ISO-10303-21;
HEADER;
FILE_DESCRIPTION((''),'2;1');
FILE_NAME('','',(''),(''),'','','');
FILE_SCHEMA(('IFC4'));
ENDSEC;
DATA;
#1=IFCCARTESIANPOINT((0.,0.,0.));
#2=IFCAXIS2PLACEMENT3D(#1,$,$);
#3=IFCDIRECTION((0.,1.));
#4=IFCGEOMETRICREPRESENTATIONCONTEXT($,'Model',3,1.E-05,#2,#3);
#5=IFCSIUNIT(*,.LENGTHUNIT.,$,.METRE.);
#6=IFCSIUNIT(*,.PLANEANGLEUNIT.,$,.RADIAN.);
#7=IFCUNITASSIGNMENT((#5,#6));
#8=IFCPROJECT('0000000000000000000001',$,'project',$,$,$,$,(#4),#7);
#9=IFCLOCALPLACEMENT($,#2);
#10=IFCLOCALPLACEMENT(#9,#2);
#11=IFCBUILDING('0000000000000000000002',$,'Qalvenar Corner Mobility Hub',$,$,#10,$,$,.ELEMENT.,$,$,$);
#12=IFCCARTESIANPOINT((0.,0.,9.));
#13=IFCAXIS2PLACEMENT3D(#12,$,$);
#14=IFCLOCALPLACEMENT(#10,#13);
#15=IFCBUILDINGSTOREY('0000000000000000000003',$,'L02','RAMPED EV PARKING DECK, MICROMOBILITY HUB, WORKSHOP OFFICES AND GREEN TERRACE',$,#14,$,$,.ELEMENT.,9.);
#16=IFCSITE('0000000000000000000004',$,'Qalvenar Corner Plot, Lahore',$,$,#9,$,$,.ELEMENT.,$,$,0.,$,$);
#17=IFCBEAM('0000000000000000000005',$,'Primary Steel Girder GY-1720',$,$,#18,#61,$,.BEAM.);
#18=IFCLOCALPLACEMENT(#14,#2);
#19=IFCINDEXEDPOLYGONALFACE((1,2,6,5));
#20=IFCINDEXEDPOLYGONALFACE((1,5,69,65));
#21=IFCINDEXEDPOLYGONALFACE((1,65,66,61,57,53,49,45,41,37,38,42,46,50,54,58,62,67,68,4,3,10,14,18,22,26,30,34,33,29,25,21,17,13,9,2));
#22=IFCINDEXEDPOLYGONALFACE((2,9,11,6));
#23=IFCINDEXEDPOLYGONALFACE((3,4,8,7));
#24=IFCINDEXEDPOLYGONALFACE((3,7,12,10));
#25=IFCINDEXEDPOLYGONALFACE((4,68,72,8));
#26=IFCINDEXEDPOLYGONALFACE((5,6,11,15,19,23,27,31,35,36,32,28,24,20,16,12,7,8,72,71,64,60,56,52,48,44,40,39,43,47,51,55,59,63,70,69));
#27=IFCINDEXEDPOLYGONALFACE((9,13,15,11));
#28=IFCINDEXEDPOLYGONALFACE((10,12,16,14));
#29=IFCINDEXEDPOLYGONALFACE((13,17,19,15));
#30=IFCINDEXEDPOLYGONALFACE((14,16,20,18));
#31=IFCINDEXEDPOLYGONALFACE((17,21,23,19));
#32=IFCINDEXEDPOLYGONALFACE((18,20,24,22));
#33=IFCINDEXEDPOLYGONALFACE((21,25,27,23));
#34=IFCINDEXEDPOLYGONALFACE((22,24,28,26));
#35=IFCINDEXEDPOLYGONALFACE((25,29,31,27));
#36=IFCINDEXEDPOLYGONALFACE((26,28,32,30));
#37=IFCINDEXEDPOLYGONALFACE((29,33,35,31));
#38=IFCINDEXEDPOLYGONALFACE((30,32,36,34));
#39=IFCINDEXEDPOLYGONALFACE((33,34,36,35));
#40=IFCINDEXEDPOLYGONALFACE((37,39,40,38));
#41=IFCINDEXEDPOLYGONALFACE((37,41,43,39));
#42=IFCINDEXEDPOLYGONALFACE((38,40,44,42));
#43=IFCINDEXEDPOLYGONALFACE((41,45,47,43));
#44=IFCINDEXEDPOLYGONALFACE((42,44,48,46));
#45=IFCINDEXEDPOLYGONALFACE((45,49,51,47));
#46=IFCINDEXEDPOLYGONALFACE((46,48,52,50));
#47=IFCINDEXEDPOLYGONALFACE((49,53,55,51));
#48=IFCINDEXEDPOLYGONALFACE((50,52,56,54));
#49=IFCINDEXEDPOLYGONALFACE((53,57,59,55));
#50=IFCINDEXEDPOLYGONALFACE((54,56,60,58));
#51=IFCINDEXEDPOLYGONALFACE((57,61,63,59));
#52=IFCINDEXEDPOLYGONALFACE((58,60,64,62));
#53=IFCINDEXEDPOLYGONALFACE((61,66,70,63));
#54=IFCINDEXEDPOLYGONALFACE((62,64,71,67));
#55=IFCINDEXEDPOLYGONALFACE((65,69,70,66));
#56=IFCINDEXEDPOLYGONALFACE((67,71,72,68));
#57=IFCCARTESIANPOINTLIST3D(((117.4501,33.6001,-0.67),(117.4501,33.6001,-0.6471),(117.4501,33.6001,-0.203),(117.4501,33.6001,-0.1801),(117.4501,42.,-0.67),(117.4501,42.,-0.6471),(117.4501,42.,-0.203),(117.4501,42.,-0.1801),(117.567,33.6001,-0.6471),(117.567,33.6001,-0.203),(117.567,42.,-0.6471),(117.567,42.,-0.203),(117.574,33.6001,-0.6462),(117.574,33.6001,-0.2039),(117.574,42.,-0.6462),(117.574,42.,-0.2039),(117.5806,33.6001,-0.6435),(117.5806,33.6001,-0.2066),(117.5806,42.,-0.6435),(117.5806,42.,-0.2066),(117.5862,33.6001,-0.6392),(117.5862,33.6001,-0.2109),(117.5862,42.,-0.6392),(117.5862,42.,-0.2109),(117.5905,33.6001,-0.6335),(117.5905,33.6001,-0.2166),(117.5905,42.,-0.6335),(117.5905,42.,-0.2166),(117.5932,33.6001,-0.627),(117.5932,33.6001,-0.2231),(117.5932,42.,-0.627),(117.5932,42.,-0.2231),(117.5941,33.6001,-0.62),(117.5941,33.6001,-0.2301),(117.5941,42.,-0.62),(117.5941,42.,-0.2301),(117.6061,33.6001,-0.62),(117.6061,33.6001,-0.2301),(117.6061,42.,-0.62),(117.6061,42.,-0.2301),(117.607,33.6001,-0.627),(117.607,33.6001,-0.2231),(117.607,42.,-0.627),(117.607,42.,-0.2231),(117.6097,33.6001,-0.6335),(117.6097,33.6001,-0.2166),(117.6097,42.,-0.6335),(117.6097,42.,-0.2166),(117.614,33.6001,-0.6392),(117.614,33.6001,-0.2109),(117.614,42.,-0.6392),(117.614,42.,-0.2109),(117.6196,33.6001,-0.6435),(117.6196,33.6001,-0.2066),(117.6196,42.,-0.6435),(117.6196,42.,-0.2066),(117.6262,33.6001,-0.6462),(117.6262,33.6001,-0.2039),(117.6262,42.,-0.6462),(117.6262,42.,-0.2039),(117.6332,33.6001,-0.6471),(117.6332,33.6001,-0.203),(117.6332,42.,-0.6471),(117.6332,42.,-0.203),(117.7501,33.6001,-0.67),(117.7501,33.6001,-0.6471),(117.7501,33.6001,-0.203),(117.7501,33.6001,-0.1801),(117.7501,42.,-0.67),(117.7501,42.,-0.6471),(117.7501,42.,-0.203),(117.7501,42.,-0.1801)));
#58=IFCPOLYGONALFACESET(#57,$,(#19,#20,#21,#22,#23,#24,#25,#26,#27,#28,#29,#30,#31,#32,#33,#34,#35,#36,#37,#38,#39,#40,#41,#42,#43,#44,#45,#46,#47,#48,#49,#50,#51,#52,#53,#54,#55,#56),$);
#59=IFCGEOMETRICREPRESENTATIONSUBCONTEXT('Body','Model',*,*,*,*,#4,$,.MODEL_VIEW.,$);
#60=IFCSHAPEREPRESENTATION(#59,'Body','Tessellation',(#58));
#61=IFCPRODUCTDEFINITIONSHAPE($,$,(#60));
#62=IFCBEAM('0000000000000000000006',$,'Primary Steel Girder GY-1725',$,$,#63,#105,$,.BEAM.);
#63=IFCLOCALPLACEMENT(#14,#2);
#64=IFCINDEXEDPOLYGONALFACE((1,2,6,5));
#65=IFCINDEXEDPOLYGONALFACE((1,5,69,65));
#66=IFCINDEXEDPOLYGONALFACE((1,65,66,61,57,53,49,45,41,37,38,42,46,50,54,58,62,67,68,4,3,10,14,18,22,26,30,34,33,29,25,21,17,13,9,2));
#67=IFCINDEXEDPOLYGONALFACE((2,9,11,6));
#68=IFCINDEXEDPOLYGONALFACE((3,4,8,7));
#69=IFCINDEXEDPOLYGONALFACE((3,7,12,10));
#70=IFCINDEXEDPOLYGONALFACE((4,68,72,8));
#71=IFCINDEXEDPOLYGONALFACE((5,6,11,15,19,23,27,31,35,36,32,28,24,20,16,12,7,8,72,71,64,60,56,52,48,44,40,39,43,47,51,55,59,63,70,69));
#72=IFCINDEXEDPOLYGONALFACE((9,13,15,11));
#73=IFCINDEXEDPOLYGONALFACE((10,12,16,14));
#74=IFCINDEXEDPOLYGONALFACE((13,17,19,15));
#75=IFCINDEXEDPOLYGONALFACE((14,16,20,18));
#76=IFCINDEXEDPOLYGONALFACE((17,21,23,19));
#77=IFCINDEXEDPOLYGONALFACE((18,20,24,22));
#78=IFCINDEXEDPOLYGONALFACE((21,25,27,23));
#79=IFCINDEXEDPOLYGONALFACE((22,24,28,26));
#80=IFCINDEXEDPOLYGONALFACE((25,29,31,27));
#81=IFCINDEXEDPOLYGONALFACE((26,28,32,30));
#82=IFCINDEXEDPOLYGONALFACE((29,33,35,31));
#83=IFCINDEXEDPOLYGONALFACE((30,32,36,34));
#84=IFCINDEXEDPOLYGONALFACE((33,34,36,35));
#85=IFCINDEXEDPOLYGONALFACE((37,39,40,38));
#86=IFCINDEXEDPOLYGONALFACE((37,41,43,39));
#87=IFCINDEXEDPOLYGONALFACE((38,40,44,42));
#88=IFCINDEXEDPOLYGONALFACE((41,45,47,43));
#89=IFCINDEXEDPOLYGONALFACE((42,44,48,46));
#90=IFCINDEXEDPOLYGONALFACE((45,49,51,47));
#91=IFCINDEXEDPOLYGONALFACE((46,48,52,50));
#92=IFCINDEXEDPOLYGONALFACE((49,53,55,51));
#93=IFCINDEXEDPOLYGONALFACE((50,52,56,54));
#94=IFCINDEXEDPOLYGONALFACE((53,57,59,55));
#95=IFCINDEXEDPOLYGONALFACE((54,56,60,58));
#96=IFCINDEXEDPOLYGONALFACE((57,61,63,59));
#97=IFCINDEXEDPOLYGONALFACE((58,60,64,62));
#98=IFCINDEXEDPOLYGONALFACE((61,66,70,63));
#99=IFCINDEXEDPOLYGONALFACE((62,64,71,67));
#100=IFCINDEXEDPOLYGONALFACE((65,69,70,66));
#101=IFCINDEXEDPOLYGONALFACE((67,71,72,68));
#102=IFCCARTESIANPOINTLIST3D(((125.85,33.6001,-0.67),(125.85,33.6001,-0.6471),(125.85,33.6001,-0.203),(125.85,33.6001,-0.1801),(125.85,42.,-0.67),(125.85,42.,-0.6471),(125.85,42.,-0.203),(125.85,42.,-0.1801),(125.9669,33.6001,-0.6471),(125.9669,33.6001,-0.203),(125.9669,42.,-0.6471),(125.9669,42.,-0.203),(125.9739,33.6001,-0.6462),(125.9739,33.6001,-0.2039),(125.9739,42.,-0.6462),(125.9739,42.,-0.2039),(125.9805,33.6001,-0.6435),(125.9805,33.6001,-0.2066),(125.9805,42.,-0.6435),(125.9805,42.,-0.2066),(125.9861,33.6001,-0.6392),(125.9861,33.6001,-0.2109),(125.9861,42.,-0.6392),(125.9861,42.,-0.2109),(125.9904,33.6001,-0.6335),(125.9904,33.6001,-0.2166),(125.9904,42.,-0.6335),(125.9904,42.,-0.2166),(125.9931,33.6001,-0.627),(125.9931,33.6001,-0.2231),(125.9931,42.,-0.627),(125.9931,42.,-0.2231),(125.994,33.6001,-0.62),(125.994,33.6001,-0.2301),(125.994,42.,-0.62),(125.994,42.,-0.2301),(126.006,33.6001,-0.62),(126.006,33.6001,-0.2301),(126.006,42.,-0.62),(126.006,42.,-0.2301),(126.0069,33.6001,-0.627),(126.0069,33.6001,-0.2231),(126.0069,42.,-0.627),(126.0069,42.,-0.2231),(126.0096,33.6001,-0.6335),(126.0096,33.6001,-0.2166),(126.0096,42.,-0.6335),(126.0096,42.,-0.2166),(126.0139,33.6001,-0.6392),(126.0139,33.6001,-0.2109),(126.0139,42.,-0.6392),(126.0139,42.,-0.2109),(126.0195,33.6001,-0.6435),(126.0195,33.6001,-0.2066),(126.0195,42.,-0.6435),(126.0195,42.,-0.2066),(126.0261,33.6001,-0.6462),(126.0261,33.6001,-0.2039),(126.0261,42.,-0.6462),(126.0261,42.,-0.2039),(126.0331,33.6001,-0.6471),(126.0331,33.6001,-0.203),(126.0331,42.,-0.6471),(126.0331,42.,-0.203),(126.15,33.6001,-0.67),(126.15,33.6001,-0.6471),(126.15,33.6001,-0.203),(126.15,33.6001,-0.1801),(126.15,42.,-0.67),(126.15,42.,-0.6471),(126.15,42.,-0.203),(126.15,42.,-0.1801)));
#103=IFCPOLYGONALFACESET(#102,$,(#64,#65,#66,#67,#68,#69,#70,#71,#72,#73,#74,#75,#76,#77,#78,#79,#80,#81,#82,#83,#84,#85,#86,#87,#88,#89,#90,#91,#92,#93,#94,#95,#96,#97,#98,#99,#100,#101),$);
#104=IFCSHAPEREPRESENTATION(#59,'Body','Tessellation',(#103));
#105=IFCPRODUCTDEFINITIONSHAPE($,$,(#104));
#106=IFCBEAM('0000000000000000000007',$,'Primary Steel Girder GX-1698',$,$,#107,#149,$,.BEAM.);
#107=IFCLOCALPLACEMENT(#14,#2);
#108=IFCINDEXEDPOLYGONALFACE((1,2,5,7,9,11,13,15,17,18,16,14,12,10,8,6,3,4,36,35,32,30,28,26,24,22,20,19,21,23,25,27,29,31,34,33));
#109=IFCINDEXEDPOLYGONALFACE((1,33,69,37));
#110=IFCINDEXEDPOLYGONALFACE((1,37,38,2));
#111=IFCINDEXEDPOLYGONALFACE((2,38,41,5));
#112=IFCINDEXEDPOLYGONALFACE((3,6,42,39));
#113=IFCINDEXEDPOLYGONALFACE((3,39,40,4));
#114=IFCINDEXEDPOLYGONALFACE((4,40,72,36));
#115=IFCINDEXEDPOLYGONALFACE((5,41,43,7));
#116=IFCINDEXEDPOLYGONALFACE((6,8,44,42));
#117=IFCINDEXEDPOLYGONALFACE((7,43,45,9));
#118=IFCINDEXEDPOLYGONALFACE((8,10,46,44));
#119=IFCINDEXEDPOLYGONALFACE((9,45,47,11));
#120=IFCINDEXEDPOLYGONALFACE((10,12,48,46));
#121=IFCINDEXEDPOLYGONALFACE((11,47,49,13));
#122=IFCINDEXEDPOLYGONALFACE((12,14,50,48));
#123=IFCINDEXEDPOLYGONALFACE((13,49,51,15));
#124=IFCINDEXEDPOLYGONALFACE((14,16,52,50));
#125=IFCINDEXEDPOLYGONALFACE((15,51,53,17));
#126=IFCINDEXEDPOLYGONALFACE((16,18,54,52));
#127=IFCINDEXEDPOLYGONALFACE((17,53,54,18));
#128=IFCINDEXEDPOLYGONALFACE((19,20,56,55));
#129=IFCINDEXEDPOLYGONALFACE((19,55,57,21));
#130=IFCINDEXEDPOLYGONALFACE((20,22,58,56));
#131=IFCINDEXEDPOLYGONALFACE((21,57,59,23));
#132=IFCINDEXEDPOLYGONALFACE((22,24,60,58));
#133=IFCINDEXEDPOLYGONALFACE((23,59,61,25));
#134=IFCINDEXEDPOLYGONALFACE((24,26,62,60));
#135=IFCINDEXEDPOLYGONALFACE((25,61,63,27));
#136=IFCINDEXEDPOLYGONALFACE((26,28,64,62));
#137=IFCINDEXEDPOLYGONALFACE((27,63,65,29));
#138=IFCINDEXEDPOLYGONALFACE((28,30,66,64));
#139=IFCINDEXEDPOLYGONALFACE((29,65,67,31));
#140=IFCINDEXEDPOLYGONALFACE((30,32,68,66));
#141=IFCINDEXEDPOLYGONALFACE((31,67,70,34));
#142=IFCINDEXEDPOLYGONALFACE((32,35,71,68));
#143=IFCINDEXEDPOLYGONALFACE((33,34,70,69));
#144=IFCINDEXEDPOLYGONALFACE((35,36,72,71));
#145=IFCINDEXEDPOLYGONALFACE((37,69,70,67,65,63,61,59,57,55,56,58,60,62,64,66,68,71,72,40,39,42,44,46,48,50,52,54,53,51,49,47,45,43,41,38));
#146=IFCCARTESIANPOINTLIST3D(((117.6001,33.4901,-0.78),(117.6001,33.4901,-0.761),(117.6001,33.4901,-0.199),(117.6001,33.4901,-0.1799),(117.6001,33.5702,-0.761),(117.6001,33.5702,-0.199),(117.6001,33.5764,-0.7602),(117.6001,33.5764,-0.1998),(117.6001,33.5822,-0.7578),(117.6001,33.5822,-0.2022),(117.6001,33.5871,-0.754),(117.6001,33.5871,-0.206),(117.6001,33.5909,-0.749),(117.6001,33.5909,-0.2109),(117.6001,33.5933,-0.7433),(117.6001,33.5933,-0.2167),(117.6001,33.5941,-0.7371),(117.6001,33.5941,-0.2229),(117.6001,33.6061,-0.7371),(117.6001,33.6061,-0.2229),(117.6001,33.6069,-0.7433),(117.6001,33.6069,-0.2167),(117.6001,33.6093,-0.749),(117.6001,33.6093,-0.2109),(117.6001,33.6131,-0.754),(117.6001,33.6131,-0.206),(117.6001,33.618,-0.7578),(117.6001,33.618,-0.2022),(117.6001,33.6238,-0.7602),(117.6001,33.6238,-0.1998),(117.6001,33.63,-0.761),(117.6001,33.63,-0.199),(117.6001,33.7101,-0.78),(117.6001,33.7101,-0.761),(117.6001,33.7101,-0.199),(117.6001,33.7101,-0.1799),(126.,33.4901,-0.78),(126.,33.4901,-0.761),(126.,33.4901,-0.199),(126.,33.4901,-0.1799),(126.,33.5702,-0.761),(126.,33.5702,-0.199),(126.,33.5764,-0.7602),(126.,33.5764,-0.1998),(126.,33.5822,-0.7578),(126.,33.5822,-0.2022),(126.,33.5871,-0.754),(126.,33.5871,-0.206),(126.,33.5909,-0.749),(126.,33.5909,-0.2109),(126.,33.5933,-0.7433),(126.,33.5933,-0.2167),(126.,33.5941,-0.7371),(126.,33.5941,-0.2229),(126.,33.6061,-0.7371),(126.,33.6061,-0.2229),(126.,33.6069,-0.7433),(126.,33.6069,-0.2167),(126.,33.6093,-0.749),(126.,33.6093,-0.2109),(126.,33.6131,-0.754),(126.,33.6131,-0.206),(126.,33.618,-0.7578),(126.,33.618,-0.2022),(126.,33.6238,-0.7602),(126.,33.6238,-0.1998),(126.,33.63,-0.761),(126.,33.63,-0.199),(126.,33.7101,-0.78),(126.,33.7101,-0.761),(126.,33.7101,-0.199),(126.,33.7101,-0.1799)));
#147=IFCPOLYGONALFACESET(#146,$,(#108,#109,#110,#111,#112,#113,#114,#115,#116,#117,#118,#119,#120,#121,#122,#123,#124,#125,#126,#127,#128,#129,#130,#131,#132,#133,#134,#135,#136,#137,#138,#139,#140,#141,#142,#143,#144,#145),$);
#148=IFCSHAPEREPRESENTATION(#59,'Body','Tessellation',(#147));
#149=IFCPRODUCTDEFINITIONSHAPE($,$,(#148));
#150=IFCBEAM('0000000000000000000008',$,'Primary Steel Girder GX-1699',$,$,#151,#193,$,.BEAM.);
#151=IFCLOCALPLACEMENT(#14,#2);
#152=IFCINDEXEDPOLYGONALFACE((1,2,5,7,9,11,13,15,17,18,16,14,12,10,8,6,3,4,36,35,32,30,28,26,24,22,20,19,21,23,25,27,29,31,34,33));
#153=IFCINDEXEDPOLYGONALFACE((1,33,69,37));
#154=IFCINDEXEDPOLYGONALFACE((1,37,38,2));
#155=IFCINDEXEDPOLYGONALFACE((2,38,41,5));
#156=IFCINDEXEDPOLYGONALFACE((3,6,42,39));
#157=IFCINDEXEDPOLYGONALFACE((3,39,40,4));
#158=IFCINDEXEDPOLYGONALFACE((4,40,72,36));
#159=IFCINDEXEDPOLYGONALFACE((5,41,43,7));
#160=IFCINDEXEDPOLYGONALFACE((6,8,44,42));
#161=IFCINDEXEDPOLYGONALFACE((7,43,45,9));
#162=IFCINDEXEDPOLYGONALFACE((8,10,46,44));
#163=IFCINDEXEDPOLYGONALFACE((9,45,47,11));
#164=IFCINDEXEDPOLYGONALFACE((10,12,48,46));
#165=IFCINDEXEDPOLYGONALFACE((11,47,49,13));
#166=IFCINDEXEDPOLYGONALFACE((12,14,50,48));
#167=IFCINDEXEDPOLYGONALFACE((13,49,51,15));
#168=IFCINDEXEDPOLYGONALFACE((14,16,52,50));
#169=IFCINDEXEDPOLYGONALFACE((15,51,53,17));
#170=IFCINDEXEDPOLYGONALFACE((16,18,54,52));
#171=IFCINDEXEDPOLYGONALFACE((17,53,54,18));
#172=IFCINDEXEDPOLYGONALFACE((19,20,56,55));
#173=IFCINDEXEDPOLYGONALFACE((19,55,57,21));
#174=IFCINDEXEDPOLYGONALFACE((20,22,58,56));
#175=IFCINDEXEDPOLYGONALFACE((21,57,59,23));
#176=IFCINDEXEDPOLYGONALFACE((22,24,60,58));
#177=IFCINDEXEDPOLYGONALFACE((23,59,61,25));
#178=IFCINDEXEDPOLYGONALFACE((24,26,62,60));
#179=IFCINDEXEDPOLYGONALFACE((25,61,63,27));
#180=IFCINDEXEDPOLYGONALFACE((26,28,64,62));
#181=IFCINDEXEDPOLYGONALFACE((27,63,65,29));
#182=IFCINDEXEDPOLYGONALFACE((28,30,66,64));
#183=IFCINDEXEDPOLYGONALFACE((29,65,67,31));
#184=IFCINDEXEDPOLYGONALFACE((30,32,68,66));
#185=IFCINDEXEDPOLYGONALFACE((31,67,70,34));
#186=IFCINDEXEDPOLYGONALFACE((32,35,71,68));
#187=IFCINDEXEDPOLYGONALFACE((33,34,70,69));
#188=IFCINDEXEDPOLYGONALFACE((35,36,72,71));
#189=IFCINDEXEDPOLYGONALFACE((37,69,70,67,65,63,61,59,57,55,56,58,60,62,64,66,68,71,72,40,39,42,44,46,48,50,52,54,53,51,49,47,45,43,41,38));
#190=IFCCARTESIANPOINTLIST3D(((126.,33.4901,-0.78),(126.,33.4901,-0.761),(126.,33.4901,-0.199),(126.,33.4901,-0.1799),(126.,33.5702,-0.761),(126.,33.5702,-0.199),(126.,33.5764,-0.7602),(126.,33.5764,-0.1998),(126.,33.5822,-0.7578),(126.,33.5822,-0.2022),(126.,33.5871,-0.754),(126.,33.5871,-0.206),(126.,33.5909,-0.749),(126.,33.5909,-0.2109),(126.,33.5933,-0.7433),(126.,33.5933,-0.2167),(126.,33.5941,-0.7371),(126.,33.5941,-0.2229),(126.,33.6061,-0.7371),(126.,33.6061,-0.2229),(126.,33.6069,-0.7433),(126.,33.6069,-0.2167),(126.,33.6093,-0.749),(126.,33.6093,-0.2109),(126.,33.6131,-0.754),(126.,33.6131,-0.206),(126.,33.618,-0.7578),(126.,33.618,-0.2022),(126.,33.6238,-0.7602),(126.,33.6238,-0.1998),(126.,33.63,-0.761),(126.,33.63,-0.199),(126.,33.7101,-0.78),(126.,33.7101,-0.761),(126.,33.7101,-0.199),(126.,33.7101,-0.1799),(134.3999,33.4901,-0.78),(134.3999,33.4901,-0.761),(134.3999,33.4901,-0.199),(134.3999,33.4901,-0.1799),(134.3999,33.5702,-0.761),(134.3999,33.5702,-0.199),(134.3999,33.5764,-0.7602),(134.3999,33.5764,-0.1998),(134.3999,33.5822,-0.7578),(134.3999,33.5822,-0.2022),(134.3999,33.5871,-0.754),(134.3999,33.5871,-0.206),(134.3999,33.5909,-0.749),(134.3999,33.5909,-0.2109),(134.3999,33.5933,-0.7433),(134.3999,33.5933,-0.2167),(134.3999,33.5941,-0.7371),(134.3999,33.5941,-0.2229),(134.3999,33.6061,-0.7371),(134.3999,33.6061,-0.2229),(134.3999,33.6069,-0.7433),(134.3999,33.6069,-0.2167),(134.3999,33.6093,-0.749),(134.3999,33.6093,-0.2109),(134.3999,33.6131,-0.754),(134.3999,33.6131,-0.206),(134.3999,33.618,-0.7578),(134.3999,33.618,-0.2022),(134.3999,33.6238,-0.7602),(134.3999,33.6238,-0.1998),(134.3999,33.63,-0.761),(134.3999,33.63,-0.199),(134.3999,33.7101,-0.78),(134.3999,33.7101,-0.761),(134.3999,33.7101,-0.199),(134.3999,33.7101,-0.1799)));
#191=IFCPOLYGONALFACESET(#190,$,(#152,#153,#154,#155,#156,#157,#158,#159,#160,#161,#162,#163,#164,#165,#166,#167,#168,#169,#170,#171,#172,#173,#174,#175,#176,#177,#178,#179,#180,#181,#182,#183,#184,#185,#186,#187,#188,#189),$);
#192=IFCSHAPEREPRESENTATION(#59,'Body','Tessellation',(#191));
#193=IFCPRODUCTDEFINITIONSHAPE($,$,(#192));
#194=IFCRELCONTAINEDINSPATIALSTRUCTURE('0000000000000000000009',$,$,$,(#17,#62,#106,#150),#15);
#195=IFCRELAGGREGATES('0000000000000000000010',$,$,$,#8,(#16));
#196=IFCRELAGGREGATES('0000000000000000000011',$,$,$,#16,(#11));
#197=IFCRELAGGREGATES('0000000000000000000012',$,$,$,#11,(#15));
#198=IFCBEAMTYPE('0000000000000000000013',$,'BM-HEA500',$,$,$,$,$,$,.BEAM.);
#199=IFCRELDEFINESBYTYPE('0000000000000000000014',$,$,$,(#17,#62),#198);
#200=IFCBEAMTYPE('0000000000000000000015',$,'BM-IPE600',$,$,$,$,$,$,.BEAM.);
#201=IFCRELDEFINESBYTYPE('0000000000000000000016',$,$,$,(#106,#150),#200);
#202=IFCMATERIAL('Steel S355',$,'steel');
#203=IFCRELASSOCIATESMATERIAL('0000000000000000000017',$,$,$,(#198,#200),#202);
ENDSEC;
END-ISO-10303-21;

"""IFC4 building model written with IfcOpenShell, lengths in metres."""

from ifc_helpers import new_model, si_unit, direction, frame, origin, origin_2d, place, context, subcontext, project, spatial, i_section, extrude, material, material_profile, profile_set, type_object, element, save


model = new_model("IFC4")

# Units and contexts
model_context = context("Model", 3, precision=1e-05, world=origin(), true_north=direction((0.0, 1.0)))
body_context = subcontext(model_context, "Body", "Model", "MODEL_VIEW")
ifc_project = project(units=[si_unit("LENGTHUNIT", "METRE"), si_unit("PLANEANGLEUNIT", "RADIAN")], contexts=[model_context])

# Site, building, storey
site_placement = place(None, origin())
site = spatial("IfcSite", under=ifc_project, at=site_placement, Name="Qalvenar Corner Plot, Lahore", CompositionType="ELEMENT", RefElevation=0.0)
building_placement = place(site_placement, origin())
building = spatial("IfcBuilding", under=site, at=building_placement, Name="Qalvenar Corner Mobility Hub", CompositionType="ELEMENT")
storey_placement = place(building_placement, frame((0.0, 0.0, 9.0)))
storey = spatial("IfcBuildingStorey", under=building, at=storey_placement, Name="L02", Description="RAMPED EV PARKING DECK, MICROMOBILITY HUB, WORKSHOP OFFICES AND GREEN TERRACE", CompositionType="ELEMENT", Elevation=9.0)

# Shared definitions
ifc_material_1 = material(Name="Steel S355", Category="steel")

# Beams
ifc_material_profile_1 = material_profile(ifc_material_1, i_section(OverallWidth=0.3, OverallDepth=0.49, WebThickness=0.012, FlangeThickness=0.0229, FilletRadius=0.0271, at=origin_2d()), Name="HEA500")
ifc_profile_set_1 = profile_set([ifc_material_profile_1], Name="Steel S355")
beam_type_1 = type_object("IfcBeamType", Name="BM-HEA500", PredefinedType="BEAM", material=ifc_profile_set_1)
for number, where, z_axis, x_axis, name in (
    (1, (117.6001, 33.6001, -0.425), (0.0, 1.0, 0.0), (-1.0, 0.0, 0.0), "Primary Steel Girder GY-1720"),
    (2, (126.0, 33.6001, -0.425), (0.0, 1.0, 0.0), (-1.0, 0.0, 0.0), "Primary Steel Girder GY-1725"),
):
    element("IfcBeam", number, at=place(storey_placement, frame(where, z_axis=z_axis, x_axis=x_axis)), inside=storey, type_object=beam_type_1, Name=name, PredefinedType="BEAM", context=body_context, shape_type="SweptSolid", body=[
        extrude(i_section(OverallWidth=0.3, OverallDepth=0.49, WebThickness=0.012, FlangeThickness=0.0229, FilletRadius=0.0271, at=origin_2d()), origin(), (0.0, 0.0, 1.0), 8.3999),
    ])
ifc_material_profile_2 = material_profile(ifc_material_1, i_section(OverallWidth=0.22, OverallDepth=0.6001, WebThickness=0.012, FlangeThickness=0.019, FilletRadius=0.0239, at=origin_2d()), Name="IPE600")
ifc_profile_set_2 = profile_set([ifc_material_profile_2], Name="Steel S355")
beam_type_2 = type_object("IfcBeamType", Name="BM-IPE600", PredefinedType="BEAM", material=ifc_profile_set_2)
for number, where, z_axis, x_axis, name in (
    (3, (117.6001, 33.6001, -0.48), (1.0, 0.0, 0.0), (0.0, 1.0, 0.0), "Primary Steel Girder GX-1698"),
    (4, (126.0, 33.6001, -0.48), (1.0, 0.0, 0.0), (0.0, 1.0, 0.0), "Primary Steel Girder GX-1699"),
):
    element("IfcBeam", number, at=place(storey_placement, frame(where, z_axis=z_axis, x_axis=x_axis)), inside=storey, type_object=beam_type_2, Name=name, PredefinedType="BEAM", context=body_context, shape_type="SweptSolid", body=[
        extrude(i_section(OverallWidth=0.22, OverallDepth=0.6001, WebThickness=0.012, FlangeThickness=0.019, FilletRadius=0.0239, at=origin_2d()), origin(), (0.0, 0.0, 1.0), 8.3999),
    ])

save(model, "model.ifc")
